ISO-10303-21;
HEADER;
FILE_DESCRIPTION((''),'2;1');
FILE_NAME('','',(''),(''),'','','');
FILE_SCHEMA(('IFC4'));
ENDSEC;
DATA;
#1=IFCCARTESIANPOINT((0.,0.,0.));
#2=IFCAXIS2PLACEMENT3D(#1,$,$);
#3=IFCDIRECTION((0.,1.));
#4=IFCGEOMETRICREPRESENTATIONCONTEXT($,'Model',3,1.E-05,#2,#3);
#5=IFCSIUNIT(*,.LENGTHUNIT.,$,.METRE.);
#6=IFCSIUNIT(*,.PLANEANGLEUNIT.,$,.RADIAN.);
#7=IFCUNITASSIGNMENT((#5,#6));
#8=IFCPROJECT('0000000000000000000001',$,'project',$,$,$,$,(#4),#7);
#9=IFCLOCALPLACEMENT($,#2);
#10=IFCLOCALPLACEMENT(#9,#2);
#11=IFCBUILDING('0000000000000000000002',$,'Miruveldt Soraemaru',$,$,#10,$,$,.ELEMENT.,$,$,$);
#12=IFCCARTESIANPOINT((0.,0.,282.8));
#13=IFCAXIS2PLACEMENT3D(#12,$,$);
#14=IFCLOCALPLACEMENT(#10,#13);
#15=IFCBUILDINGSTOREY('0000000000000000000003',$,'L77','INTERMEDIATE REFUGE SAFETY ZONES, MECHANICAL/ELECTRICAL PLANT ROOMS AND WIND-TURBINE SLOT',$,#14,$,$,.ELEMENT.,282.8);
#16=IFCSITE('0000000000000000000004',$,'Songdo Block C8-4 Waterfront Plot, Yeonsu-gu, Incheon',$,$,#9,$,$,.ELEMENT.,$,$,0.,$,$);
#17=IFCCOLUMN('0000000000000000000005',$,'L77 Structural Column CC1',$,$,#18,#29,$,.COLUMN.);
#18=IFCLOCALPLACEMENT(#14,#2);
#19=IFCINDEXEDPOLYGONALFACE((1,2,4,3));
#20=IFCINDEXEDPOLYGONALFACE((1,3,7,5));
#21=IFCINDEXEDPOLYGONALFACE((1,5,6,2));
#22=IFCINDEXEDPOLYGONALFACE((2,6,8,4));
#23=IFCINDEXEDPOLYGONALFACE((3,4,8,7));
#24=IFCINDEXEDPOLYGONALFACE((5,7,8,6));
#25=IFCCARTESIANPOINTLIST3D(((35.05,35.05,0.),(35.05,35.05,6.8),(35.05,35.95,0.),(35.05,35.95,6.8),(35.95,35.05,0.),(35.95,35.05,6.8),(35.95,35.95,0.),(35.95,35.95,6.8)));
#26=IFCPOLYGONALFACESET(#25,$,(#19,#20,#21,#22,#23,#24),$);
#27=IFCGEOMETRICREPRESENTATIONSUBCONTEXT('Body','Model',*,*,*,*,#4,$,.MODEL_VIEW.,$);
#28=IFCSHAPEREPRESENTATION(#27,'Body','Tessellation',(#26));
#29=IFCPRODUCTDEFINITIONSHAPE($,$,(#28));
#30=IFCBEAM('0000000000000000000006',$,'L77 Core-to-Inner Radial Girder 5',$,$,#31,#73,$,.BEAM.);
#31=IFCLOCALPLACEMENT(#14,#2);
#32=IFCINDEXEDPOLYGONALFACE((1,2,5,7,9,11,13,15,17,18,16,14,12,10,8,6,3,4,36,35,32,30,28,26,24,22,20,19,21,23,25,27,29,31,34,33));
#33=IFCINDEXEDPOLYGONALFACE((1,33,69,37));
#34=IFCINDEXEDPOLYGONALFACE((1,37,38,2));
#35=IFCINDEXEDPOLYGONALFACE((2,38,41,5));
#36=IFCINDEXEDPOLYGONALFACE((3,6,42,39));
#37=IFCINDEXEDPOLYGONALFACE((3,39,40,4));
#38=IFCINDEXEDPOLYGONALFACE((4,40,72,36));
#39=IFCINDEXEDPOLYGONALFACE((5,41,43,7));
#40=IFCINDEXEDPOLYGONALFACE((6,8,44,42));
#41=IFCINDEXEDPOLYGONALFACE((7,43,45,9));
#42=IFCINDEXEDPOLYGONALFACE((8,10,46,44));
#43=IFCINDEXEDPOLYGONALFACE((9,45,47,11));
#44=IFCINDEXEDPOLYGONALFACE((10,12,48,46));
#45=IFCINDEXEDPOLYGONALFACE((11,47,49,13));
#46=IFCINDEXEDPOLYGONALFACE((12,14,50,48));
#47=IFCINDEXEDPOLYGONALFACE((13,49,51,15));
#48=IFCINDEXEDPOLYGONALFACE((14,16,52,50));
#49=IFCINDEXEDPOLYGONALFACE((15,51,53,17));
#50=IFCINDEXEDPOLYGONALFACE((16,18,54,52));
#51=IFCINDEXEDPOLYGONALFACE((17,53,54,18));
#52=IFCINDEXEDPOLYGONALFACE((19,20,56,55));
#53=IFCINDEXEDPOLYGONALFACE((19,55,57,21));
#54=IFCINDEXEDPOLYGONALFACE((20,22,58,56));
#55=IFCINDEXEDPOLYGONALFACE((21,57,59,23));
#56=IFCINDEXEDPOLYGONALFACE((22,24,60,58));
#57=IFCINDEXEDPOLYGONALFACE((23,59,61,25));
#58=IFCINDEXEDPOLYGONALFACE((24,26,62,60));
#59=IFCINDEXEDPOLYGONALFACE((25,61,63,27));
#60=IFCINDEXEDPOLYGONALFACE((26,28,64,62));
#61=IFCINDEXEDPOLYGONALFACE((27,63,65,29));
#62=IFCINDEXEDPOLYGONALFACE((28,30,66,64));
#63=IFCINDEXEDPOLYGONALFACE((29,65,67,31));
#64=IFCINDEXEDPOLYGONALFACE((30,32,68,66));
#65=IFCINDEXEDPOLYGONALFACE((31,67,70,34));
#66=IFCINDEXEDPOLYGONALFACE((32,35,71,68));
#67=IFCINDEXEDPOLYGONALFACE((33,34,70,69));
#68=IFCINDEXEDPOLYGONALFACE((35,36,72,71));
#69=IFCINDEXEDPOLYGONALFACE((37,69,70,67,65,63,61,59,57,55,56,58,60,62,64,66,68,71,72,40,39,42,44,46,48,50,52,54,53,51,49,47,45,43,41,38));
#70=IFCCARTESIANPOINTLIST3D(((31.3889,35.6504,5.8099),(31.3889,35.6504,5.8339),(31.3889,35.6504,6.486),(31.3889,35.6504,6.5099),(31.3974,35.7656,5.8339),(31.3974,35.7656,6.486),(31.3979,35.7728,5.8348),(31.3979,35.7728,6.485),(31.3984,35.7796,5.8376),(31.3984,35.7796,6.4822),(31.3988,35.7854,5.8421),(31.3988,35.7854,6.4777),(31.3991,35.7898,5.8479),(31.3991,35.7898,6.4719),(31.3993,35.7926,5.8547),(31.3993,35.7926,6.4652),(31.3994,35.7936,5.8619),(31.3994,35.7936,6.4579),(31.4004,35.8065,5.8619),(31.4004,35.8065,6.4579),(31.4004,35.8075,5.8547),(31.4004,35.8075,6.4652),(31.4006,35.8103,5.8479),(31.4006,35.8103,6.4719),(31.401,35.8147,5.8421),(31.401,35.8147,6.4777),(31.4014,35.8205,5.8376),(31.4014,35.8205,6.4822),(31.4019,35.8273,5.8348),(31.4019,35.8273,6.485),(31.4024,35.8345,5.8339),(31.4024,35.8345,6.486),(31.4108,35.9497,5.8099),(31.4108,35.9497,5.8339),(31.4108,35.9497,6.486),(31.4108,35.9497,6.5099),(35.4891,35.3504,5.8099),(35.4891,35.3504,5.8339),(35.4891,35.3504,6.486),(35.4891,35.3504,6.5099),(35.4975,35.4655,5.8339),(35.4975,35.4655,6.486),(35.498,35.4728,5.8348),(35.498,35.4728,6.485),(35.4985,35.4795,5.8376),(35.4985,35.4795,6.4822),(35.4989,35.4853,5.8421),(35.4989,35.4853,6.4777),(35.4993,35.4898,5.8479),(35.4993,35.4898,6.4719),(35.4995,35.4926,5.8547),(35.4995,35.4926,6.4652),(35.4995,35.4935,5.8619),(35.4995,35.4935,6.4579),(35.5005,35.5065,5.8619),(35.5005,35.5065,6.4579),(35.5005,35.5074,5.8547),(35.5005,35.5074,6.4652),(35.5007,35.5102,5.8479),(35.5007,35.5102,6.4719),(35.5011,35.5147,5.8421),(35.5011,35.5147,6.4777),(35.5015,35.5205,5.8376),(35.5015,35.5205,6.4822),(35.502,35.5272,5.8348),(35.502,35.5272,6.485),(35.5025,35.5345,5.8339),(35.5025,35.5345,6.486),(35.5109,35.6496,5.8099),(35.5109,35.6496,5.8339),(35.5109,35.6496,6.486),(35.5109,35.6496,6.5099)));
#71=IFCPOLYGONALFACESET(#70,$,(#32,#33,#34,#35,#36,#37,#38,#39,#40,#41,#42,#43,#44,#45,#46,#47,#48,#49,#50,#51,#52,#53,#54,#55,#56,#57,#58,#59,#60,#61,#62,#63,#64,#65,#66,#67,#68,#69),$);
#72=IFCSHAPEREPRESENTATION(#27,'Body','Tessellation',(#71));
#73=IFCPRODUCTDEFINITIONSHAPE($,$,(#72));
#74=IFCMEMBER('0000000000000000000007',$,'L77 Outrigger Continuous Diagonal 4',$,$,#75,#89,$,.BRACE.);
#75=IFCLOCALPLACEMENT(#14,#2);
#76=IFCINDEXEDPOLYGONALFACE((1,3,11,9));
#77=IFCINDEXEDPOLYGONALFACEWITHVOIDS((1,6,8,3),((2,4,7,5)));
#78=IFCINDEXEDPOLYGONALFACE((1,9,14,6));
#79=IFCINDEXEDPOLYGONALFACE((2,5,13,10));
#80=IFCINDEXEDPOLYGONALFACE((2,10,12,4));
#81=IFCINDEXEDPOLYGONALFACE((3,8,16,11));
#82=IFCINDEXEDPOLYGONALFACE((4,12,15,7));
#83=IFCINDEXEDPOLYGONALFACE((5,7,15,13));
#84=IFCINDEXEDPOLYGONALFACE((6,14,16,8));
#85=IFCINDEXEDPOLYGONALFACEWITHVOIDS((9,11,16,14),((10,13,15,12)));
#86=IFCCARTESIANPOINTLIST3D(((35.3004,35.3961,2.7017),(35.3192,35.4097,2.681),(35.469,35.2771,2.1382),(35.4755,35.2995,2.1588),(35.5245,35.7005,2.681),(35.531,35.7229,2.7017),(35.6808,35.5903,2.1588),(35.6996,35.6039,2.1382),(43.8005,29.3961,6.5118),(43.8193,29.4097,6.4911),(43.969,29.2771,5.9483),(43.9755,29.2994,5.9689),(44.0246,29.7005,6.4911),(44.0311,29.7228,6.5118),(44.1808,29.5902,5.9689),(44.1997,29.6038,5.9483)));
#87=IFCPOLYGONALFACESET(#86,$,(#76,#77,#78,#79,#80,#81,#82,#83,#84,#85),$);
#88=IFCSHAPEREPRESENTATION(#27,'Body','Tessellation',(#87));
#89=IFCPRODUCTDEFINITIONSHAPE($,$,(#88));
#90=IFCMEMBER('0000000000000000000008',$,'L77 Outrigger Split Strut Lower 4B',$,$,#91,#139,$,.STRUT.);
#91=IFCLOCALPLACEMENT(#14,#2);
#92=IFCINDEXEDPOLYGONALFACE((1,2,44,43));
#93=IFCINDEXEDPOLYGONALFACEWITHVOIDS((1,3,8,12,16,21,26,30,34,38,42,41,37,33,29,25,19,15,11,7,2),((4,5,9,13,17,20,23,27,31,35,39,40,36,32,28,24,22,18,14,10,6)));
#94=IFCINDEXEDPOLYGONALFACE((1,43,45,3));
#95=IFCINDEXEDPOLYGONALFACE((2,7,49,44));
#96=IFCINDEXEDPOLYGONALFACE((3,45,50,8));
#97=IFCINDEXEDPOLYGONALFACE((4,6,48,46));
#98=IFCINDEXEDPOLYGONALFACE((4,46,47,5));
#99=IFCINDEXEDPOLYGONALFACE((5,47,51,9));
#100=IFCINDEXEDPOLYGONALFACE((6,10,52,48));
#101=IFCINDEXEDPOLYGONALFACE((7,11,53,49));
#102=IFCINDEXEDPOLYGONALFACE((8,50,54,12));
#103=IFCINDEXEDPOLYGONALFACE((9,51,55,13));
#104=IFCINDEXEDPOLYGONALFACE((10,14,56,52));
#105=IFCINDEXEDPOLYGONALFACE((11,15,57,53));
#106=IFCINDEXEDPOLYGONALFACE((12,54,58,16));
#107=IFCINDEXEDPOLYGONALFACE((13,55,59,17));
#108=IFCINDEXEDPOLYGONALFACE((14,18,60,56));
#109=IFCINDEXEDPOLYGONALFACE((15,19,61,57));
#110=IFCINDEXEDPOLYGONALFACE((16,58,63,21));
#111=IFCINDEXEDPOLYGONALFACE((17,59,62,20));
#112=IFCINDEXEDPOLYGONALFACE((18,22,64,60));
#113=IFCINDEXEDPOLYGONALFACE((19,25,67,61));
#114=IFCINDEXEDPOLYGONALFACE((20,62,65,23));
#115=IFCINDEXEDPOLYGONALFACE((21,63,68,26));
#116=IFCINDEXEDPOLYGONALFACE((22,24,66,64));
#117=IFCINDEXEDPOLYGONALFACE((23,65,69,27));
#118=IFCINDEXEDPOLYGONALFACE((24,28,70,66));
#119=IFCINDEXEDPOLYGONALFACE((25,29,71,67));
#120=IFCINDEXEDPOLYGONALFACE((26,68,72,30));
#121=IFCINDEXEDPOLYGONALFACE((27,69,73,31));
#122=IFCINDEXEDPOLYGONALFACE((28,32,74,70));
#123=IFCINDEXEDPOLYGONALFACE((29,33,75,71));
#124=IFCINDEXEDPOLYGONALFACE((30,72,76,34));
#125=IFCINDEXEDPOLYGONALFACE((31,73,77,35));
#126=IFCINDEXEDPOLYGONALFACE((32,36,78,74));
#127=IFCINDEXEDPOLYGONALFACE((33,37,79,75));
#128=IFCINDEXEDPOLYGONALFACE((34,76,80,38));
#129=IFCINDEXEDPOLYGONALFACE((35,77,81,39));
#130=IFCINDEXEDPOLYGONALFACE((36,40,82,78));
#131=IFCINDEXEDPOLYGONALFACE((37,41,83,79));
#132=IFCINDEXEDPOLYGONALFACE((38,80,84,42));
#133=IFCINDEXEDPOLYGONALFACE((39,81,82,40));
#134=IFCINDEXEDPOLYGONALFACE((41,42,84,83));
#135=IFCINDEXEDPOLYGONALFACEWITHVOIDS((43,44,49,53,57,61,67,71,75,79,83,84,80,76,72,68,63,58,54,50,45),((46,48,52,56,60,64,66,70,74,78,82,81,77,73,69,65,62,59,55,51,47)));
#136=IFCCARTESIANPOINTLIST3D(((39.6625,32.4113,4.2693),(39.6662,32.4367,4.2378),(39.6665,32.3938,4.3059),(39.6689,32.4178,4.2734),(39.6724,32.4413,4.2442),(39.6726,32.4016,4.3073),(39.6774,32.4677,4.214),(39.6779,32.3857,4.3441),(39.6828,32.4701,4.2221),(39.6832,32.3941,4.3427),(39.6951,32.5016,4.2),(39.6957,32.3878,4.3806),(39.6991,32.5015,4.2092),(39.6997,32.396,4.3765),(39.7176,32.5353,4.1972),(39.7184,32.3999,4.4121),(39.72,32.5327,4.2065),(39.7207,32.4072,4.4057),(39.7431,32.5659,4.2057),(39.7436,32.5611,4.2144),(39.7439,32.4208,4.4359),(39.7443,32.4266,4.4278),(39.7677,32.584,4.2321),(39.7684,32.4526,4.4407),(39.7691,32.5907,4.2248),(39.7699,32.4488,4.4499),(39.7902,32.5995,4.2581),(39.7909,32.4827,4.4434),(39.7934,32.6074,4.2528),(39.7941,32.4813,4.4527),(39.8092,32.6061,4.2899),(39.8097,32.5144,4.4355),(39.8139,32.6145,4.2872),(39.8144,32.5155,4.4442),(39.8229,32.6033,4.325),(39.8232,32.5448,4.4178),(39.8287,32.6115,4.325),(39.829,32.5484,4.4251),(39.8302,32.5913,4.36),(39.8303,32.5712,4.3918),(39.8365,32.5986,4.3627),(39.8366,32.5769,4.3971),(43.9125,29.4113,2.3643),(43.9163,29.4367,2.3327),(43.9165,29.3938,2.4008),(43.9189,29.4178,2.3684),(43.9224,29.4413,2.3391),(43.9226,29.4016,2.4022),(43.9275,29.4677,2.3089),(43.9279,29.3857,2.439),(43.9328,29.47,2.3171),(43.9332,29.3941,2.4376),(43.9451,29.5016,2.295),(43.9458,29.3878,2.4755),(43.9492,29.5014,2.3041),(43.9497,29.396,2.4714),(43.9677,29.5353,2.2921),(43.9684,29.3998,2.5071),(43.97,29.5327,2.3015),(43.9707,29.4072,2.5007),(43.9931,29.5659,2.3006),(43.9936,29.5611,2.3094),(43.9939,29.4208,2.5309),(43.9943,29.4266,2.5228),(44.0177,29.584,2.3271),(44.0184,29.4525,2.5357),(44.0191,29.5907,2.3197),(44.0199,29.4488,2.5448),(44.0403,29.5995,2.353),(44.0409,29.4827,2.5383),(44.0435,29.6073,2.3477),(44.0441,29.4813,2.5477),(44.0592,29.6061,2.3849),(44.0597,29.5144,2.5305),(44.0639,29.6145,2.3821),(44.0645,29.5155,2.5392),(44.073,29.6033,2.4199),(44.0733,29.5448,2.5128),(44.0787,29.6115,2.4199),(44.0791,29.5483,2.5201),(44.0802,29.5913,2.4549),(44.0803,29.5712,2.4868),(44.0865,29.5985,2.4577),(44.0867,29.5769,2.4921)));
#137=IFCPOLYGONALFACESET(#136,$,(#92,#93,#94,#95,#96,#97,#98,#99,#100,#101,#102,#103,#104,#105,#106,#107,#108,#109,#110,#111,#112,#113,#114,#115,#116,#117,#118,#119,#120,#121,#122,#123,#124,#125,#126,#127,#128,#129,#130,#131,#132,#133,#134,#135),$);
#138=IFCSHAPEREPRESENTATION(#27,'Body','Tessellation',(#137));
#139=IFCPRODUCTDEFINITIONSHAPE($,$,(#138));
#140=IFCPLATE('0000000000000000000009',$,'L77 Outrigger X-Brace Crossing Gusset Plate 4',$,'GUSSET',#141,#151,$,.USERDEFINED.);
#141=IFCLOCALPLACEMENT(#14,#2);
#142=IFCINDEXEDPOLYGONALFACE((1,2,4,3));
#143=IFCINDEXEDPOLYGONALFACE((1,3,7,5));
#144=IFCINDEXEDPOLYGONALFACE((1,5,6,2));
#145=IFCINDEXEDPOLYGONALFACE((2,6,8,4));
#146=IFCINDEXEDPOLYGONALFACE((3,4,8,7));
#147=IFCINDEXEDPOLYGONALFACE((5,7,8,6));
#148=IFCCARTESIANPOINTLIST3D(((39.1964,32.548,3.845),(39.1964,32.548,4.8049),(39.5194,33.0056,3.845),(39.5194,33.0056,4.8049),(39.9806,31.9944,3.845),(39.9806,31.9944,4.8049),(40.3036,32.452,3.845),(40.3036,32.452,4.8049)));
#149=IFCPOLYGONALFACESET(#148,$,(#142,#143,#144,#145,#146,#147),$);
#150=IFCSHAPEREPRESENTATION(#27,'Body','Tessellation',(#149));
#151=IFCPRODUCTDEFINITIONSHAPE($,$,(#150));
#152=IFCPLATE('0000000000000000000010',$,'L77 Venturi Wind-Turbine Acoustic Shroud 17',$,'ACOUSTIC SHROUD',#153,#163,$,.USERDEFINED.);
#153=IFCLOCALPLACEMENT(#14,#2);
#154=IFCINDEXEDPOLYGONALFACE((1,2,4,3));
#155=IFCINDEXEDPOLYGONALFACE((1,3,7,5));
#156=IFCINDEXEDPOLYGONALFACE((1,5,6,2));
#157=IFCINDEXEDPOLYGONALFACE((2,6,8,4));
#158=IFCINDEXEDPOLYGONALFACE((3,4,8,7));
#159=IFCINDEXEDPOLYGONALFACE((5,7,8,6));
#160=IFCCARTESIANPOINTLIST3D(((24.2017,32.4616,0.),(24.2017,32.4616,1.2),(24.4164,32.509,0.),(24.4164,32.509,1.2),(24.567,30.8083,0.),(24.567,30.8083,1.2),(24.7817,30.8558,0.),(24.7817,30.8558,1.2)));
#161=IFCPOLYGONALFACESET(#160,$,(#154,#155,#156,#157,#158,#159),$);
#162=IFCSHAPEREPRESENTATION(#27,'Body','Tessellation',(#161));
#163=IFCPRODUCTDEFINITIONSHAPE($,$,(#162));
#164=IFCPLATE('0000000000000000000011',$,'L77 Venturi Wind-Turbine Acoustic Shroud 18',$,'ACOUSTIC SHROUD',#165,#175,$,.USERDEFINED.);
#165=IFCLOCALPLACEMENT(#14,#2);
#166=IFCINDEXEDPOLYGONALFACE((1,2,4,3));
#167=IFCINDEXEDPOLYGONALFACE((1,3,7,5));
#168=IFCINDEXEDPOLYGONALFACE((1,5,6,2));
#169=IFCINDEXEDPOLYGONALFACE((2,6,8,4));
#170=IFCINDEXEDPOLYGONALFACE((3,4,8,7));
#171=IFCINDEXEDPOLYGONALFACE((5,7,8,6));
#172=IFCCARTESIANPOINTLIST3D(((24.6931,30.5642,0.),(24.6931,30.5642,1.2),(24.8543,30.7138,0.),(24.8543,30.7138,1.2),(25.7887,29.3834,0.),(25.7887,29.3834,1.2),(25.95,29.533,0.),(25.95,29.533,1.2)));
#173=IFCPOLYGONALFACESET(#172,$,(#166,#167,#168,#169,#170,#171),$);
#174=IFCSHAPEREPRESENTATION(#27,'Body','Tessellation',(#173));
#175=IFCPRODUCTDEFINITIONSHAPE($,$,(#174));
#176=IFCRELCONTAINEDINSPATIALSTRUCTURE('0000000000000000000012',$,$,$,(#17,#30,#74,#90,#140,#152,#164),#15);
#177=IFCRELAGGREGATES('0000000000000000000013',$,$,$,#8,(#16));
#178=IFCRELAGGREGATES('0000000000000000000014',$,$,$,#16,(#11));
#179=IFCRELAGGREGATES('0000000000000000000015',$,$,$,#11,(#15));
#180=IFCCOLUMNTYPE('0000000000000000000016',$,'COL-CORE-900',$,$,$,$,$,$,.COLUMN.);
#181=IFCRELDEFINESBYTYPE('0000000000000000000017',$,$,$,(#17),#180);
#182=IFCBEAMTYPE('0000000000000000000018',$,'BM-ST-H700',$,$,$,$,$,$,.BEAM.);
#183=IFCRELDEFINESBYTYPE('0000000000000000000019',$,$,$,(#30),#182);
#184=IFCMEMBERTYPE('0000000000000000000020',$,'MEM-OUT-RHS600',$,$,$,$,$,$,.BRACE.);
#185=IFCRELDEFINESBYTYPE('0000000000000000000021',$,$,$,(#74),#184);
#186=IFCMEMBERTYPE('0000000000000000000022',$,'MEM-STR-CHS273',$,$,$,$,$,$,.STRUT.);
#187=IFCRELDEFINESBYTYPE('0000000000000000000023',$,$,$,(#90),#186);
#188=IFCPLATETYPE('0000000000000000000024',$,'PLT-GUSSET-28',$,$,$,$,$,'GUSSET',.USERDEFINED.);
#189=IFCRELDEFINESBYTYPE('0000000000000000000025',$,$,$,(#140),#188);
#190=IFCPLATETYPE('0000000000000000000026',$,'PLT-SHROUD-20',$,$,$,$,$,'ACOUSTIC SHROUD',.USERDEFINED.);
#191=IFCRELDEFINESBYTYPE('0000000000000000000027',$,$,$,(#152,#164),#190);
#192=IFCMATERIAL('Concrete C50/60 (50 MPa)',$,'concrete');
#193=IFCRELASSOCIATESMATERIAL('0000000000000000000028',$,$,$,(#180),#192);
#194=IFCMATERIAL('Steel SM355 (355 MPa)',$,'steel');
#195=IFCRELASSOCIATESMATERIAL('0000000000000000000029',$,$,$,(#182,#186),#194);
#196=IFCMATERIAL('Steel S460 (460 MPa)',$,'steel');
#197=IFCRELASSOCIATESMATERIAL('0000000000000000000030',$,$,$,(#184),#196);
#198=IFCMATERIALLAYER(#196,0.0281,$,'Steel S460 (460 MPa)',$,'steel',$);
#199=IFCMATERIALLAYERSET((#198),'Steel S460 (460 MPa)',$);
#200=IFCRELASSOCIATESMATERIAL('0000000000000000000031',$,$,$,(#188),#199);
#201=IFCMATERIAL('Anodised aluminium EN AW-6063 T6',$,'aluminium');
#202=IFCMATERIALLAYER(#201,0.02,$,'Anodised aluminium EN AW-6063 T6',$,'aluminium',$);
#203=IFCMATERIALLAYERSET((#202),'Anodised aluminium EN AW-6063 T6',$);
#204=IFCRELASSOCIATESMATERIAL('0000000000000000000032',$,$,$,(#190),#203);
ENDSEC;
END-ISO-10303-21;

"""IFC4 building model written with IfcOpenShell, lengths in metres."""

from ifc_helpers import new_model, si_unit, direction, frame, origin, origin_2d, place, context, subcontext, project, spatial, rectangle, hollow_rectangle, hollow_circle, i_section, extrude, material, layer, layer_set, material_profile, profile_set, type_object, element, save


model = new_model("IFC4")

# Units and contexts
model_context = context("Model", 3, precision=1e-05, world=origin(), true_north=direction((0.0, 1.0)))
body_context = subcontext(model_context, "Body", "Model", "MODEL_VIEW")
ifc_project = project(units=[si_unit("LENGTHUNIT", "METRE"), si_unit("PLANEANGLEUNIT", "RADIAN")], contexts=[model_context])

# Site, building, storey
site_placement = place(None, origin())
site = spatial("IfcSite", under=ifc_project, at=site_placement, Name="Songdo Block C8-4 Waterfront Plot, Yeonsu-gu, Incheon", CompositionType="ELEMENT", RefElevation=0.0)
building_placement = place(site_placement, origin())
building = spatial("IfcBuilding", under=site, at=building_placement, Name="Miruveldt Soraemaru", CompositionType="ELEMENT")
storey_placement = place(building_placement, frame((0.0, 0.0, 282.8)))
storey = spatial("IfcBuildingStorey", under=building, at=storey_placement, Name="L77", Description="INTERMEDIATE REFUGE SAFETY ZONES, MECHANICAL/ELECTRICAL PLANT ROOMS AND WIND-TURBINE SLOT", CompositionType="ELEMENT", Elevation=282.8)

# Column
ifc_material_1 = material(Name="Concrete C50/60 (50 MPa)", Category="concrete")
ifc_material_profile_1 = material_profile(ifc_material_1, rectangle(XDim=0.8999, YDim=0.8999, at=origin_2d()), Name="Concrete C50/60 (50 MPa)", Category="concrete")
ifc_profile_set_1 = profile_set([ifc_material_profile_1], Name="Concrete C50/60 (50 MPa)")
column_type = type_object("IfcColumnType", Name="COL-CORE-900", PredefinedType="COLUMN", material=ifc_profile_set_1)
column_placement = place(storey_placement, frame((35.5, 35.5, 0.0), z_axis=(0.0, 0.0, 1.0), x_axis=(1.0, 0.0, 0.0)))
element("IfcColumn", 1, at=column_placement, inside=storey, type_object=column_type, Name="L77 Structural Column CC1", PredefinedType="COLUMN", context=body_context, shape_type="SweptSolid", body=[
    extrude(rectangle(XDim=0.8999, YDim=0.8999, at=origin_2d()), origin(), (0.0, 0.0, 1.0), 6.8),
])

# Beam
ifc_material_2 = material(Name="Steel SM355 (355 MPa)", Category="steel")
ifc_material_profile_2 = material_profile(ifc_material_2, i_section(OverallWidth=0.3, OverallDepth=0.7, WebThickness=0.0129, FlangeThickness=0.0239, FilletRadius=0.0281, at=origin_2d()), Name="Steel SM355 (355 MPa)", Category="steel")
ifc_profile_set_2 = profile_set([ifc_material_profile_2], Name="Steel SM355 (355 MPa)")
beam_type = type_object("IfcBeamType", Name="BM-ST-H700", PredefinedType="BEAM", material=ifc_profile_set_2)
beam_placement = place(storey_placement, frame((35.5, 35.5, 6.1599), z_axis=(-0.997333, 0.072986, 0.0), x_axis=(-0.072986, -0.997333, 0.0)))
element("IfcBeam", 2, at=beam_placement, inside=storey, type_object=beam_type, Name="L77 Core-to-Inner Radial Girder 5", PredefinedType="BEAM", context=body_context, shape_type="SweptSolid", body=[
    extrude(i_section(OverallWidth=0.3, OverallDepth=0.7, WebThickness=0.0129, FlangeThickness=0.0239, FilletRadius=0.0281, at=origin_2d()), origin(), (0.0, 0.0, 1.0), 4.1111),
])

# Members
ifc_material_3 = material(Name="Steel S460 (460 MPa)", Category="steel")
ifc_material_profile_3 = material_profile(ifc_material_3, hollow_rectangle(XDim=0.3999, YDim=0.6001, WallThickness=0.022, at=origin_2d()), Name="Steel S460 (460 MPa)", Category="steel")
ifc_profile_set_3 = profile_set([ifc_material_profile_3], Name="Steel S460 (460 MPa)")
member_type_1 = type_object("IfcMemberType", Name="MEM-OUT-RHS600", PredefinedType="BRACE", material=ifc_profile_set_3)
member_1_placement = place(storey_placement, frame((35.5, 35.5, 2.4199), z_axis=(0.767148, -0.541516, 0.343868), x_axis=(0.576683, 0.816968, 0.0)))
element("IfcMember", 3, at=member_1_placement, inside=storey, type_object=member_type_1, Name="L77 Outrigger Continuous Diagonal 4", PredefinedType="BRACE", context=body_context, shape_type="SweptSolid", body=[
    extrude(hollow_rectangle(XDim=0.3999, YDim=0.6001, WallThickness=0.022, at=origin_2d()), origin(), (0.0, 0.0, 1.0), 11.0801),
])
ifc_material_profile_4 = material_profile(ifc_material_2, hollow_circle(Radius=0.1365, WallThickness=0.01, at=origin_2d()), Name="Steel SM355 (355 MPa)", Category="steel")
ifc_profile_set_4 = profile_set([ifc_material_profile_4], Name="Steel SM355 (355 MPa)")
member_type_2 = type_object("IfcMemberType", Name="MEM-STR-CHS273", PredefinedType="STRUT", material=ifc_profile_set_4)
member_2_placement = place(storey_placement, frame((39.75, 32.5, 4.325), z_axis=(0.767148, -0.541516, -0.343868), x_axis=(0.576683, 0.816968, 0.0)))
element("IfcMember", 4, at=member_2_placement, inside=storey, type_object=member_type_2, Name="L77 Outrigger Split Strut Lower 4B", PredefinedType="STRUT", context=body_context, shape_type="SweptSolid", body=[
    extrude(hollow_circle(Radius=0.1365, WallThickness=0.01, at=origin_2d()), origin(), (0.0, 0.0, 1.0), 5.54),
])

# Plates
ifc_layer_1 = layer(ifc_material_3, 0.0281, Name="Steel S460 (460 MPa)", Category="steel")
ifc_layer_set_1 = layer_set([ifc_layer_1], Name="Steel S460 (460 MPa)")
plate_type_1 = type_object("IfcPlateType", Name="PLT-GUSSET-28", ElementType="GUSSET", PredefinedType="USERDEFINED", material=ifc_layer_set_1)
plate_1_placement = place(storey_placement, frame((39.75, 32.5, 3.845), z_axis=(0.0, 0.0, 1.0), x_axis=(0.816944, -0.576718, 0.0)))
element("IfcPlate", 5, at=plate_1_placement, inside=storey, type_object=plate_type_1, Name="L77 Outrigger X-Brace Crossing Gusset Plate 4", ObjectType="GUSSET", PredefinedType="USERDEFINED", context=body_context, shape_type="SweptSolid", body=[
    extrude(rectangle(XDim=0.96, YDim=0.5601, at=origin_2d()), origin(), (0.0, 0.0, 1.0), 0.96),
])
ifc_material_4 = material(Name="Anodised aluminium EN AW-6063 T6", Category="aluminium")
ifc_layer_2 = layer(ifc_material_4, 0.02, Name="Anodised aluminium EN AW-6063 T6", Category="aluminium")
ifc_layer_set_2 = layer_set([ifc_layer_2], Name="Anodised aluminium EN AW-6063 T6")
plate_type_2 = type_object("IfcPlateType", Name="PLT-SHROUD-20", ElementType="ACOUSTIC SHROUD", PredefinedType="USERDEFINED", material=ifc_layer_set_2)
plate_2_placement = place(storey_placement, frame((24.4917, 31.6587, 0.0), z_axis=(0.0, 0.0, 1.0), x_axis=(0.215758, -0.976447, 0.0)))
element("IfcPlate", 6, at=plate_2_placement, inside=storey, type_object=plate_type_2, Name="L77 Venturi Wind-Turbine Acoustic Shroud 17", ObjectType="ACOUSTIC SHROUD", PredefinedType="USERDEFINED", context=body_context, shape_type="SweptSolid", body=[
    extrude(rectangle(XDim=1.6931, YDim=0.22, at=origin_2d()), origin(), (0.0, 0.0, 1.0), 1.2),
])
plate_3_placement = place(storey_placement, frame((25.3215, 30.0486, 0.0), z_axis=(0.0, 0.0, 1.0), x_axis=(0.680171, -0.733054, 0.0)))
element("IfcPlate", 7, at=plate_3_placement, inside=storey, type_object=plate_type_2, Name="L77 Venturi Wind-Turbine Acoustic Shroud 18", ObjectType="ACOUSTIC SHROUD", PredefinedType="USERDEFINED", context=body_context, shape_type="SweptSolid", body=[
    extrude(rectangle(XDim=1.6108, YDim=0.22, at=origin_2d()), origin(), (0.0, 0.0, 1.0), 1.2),
])

save(model, "model.ifc")
